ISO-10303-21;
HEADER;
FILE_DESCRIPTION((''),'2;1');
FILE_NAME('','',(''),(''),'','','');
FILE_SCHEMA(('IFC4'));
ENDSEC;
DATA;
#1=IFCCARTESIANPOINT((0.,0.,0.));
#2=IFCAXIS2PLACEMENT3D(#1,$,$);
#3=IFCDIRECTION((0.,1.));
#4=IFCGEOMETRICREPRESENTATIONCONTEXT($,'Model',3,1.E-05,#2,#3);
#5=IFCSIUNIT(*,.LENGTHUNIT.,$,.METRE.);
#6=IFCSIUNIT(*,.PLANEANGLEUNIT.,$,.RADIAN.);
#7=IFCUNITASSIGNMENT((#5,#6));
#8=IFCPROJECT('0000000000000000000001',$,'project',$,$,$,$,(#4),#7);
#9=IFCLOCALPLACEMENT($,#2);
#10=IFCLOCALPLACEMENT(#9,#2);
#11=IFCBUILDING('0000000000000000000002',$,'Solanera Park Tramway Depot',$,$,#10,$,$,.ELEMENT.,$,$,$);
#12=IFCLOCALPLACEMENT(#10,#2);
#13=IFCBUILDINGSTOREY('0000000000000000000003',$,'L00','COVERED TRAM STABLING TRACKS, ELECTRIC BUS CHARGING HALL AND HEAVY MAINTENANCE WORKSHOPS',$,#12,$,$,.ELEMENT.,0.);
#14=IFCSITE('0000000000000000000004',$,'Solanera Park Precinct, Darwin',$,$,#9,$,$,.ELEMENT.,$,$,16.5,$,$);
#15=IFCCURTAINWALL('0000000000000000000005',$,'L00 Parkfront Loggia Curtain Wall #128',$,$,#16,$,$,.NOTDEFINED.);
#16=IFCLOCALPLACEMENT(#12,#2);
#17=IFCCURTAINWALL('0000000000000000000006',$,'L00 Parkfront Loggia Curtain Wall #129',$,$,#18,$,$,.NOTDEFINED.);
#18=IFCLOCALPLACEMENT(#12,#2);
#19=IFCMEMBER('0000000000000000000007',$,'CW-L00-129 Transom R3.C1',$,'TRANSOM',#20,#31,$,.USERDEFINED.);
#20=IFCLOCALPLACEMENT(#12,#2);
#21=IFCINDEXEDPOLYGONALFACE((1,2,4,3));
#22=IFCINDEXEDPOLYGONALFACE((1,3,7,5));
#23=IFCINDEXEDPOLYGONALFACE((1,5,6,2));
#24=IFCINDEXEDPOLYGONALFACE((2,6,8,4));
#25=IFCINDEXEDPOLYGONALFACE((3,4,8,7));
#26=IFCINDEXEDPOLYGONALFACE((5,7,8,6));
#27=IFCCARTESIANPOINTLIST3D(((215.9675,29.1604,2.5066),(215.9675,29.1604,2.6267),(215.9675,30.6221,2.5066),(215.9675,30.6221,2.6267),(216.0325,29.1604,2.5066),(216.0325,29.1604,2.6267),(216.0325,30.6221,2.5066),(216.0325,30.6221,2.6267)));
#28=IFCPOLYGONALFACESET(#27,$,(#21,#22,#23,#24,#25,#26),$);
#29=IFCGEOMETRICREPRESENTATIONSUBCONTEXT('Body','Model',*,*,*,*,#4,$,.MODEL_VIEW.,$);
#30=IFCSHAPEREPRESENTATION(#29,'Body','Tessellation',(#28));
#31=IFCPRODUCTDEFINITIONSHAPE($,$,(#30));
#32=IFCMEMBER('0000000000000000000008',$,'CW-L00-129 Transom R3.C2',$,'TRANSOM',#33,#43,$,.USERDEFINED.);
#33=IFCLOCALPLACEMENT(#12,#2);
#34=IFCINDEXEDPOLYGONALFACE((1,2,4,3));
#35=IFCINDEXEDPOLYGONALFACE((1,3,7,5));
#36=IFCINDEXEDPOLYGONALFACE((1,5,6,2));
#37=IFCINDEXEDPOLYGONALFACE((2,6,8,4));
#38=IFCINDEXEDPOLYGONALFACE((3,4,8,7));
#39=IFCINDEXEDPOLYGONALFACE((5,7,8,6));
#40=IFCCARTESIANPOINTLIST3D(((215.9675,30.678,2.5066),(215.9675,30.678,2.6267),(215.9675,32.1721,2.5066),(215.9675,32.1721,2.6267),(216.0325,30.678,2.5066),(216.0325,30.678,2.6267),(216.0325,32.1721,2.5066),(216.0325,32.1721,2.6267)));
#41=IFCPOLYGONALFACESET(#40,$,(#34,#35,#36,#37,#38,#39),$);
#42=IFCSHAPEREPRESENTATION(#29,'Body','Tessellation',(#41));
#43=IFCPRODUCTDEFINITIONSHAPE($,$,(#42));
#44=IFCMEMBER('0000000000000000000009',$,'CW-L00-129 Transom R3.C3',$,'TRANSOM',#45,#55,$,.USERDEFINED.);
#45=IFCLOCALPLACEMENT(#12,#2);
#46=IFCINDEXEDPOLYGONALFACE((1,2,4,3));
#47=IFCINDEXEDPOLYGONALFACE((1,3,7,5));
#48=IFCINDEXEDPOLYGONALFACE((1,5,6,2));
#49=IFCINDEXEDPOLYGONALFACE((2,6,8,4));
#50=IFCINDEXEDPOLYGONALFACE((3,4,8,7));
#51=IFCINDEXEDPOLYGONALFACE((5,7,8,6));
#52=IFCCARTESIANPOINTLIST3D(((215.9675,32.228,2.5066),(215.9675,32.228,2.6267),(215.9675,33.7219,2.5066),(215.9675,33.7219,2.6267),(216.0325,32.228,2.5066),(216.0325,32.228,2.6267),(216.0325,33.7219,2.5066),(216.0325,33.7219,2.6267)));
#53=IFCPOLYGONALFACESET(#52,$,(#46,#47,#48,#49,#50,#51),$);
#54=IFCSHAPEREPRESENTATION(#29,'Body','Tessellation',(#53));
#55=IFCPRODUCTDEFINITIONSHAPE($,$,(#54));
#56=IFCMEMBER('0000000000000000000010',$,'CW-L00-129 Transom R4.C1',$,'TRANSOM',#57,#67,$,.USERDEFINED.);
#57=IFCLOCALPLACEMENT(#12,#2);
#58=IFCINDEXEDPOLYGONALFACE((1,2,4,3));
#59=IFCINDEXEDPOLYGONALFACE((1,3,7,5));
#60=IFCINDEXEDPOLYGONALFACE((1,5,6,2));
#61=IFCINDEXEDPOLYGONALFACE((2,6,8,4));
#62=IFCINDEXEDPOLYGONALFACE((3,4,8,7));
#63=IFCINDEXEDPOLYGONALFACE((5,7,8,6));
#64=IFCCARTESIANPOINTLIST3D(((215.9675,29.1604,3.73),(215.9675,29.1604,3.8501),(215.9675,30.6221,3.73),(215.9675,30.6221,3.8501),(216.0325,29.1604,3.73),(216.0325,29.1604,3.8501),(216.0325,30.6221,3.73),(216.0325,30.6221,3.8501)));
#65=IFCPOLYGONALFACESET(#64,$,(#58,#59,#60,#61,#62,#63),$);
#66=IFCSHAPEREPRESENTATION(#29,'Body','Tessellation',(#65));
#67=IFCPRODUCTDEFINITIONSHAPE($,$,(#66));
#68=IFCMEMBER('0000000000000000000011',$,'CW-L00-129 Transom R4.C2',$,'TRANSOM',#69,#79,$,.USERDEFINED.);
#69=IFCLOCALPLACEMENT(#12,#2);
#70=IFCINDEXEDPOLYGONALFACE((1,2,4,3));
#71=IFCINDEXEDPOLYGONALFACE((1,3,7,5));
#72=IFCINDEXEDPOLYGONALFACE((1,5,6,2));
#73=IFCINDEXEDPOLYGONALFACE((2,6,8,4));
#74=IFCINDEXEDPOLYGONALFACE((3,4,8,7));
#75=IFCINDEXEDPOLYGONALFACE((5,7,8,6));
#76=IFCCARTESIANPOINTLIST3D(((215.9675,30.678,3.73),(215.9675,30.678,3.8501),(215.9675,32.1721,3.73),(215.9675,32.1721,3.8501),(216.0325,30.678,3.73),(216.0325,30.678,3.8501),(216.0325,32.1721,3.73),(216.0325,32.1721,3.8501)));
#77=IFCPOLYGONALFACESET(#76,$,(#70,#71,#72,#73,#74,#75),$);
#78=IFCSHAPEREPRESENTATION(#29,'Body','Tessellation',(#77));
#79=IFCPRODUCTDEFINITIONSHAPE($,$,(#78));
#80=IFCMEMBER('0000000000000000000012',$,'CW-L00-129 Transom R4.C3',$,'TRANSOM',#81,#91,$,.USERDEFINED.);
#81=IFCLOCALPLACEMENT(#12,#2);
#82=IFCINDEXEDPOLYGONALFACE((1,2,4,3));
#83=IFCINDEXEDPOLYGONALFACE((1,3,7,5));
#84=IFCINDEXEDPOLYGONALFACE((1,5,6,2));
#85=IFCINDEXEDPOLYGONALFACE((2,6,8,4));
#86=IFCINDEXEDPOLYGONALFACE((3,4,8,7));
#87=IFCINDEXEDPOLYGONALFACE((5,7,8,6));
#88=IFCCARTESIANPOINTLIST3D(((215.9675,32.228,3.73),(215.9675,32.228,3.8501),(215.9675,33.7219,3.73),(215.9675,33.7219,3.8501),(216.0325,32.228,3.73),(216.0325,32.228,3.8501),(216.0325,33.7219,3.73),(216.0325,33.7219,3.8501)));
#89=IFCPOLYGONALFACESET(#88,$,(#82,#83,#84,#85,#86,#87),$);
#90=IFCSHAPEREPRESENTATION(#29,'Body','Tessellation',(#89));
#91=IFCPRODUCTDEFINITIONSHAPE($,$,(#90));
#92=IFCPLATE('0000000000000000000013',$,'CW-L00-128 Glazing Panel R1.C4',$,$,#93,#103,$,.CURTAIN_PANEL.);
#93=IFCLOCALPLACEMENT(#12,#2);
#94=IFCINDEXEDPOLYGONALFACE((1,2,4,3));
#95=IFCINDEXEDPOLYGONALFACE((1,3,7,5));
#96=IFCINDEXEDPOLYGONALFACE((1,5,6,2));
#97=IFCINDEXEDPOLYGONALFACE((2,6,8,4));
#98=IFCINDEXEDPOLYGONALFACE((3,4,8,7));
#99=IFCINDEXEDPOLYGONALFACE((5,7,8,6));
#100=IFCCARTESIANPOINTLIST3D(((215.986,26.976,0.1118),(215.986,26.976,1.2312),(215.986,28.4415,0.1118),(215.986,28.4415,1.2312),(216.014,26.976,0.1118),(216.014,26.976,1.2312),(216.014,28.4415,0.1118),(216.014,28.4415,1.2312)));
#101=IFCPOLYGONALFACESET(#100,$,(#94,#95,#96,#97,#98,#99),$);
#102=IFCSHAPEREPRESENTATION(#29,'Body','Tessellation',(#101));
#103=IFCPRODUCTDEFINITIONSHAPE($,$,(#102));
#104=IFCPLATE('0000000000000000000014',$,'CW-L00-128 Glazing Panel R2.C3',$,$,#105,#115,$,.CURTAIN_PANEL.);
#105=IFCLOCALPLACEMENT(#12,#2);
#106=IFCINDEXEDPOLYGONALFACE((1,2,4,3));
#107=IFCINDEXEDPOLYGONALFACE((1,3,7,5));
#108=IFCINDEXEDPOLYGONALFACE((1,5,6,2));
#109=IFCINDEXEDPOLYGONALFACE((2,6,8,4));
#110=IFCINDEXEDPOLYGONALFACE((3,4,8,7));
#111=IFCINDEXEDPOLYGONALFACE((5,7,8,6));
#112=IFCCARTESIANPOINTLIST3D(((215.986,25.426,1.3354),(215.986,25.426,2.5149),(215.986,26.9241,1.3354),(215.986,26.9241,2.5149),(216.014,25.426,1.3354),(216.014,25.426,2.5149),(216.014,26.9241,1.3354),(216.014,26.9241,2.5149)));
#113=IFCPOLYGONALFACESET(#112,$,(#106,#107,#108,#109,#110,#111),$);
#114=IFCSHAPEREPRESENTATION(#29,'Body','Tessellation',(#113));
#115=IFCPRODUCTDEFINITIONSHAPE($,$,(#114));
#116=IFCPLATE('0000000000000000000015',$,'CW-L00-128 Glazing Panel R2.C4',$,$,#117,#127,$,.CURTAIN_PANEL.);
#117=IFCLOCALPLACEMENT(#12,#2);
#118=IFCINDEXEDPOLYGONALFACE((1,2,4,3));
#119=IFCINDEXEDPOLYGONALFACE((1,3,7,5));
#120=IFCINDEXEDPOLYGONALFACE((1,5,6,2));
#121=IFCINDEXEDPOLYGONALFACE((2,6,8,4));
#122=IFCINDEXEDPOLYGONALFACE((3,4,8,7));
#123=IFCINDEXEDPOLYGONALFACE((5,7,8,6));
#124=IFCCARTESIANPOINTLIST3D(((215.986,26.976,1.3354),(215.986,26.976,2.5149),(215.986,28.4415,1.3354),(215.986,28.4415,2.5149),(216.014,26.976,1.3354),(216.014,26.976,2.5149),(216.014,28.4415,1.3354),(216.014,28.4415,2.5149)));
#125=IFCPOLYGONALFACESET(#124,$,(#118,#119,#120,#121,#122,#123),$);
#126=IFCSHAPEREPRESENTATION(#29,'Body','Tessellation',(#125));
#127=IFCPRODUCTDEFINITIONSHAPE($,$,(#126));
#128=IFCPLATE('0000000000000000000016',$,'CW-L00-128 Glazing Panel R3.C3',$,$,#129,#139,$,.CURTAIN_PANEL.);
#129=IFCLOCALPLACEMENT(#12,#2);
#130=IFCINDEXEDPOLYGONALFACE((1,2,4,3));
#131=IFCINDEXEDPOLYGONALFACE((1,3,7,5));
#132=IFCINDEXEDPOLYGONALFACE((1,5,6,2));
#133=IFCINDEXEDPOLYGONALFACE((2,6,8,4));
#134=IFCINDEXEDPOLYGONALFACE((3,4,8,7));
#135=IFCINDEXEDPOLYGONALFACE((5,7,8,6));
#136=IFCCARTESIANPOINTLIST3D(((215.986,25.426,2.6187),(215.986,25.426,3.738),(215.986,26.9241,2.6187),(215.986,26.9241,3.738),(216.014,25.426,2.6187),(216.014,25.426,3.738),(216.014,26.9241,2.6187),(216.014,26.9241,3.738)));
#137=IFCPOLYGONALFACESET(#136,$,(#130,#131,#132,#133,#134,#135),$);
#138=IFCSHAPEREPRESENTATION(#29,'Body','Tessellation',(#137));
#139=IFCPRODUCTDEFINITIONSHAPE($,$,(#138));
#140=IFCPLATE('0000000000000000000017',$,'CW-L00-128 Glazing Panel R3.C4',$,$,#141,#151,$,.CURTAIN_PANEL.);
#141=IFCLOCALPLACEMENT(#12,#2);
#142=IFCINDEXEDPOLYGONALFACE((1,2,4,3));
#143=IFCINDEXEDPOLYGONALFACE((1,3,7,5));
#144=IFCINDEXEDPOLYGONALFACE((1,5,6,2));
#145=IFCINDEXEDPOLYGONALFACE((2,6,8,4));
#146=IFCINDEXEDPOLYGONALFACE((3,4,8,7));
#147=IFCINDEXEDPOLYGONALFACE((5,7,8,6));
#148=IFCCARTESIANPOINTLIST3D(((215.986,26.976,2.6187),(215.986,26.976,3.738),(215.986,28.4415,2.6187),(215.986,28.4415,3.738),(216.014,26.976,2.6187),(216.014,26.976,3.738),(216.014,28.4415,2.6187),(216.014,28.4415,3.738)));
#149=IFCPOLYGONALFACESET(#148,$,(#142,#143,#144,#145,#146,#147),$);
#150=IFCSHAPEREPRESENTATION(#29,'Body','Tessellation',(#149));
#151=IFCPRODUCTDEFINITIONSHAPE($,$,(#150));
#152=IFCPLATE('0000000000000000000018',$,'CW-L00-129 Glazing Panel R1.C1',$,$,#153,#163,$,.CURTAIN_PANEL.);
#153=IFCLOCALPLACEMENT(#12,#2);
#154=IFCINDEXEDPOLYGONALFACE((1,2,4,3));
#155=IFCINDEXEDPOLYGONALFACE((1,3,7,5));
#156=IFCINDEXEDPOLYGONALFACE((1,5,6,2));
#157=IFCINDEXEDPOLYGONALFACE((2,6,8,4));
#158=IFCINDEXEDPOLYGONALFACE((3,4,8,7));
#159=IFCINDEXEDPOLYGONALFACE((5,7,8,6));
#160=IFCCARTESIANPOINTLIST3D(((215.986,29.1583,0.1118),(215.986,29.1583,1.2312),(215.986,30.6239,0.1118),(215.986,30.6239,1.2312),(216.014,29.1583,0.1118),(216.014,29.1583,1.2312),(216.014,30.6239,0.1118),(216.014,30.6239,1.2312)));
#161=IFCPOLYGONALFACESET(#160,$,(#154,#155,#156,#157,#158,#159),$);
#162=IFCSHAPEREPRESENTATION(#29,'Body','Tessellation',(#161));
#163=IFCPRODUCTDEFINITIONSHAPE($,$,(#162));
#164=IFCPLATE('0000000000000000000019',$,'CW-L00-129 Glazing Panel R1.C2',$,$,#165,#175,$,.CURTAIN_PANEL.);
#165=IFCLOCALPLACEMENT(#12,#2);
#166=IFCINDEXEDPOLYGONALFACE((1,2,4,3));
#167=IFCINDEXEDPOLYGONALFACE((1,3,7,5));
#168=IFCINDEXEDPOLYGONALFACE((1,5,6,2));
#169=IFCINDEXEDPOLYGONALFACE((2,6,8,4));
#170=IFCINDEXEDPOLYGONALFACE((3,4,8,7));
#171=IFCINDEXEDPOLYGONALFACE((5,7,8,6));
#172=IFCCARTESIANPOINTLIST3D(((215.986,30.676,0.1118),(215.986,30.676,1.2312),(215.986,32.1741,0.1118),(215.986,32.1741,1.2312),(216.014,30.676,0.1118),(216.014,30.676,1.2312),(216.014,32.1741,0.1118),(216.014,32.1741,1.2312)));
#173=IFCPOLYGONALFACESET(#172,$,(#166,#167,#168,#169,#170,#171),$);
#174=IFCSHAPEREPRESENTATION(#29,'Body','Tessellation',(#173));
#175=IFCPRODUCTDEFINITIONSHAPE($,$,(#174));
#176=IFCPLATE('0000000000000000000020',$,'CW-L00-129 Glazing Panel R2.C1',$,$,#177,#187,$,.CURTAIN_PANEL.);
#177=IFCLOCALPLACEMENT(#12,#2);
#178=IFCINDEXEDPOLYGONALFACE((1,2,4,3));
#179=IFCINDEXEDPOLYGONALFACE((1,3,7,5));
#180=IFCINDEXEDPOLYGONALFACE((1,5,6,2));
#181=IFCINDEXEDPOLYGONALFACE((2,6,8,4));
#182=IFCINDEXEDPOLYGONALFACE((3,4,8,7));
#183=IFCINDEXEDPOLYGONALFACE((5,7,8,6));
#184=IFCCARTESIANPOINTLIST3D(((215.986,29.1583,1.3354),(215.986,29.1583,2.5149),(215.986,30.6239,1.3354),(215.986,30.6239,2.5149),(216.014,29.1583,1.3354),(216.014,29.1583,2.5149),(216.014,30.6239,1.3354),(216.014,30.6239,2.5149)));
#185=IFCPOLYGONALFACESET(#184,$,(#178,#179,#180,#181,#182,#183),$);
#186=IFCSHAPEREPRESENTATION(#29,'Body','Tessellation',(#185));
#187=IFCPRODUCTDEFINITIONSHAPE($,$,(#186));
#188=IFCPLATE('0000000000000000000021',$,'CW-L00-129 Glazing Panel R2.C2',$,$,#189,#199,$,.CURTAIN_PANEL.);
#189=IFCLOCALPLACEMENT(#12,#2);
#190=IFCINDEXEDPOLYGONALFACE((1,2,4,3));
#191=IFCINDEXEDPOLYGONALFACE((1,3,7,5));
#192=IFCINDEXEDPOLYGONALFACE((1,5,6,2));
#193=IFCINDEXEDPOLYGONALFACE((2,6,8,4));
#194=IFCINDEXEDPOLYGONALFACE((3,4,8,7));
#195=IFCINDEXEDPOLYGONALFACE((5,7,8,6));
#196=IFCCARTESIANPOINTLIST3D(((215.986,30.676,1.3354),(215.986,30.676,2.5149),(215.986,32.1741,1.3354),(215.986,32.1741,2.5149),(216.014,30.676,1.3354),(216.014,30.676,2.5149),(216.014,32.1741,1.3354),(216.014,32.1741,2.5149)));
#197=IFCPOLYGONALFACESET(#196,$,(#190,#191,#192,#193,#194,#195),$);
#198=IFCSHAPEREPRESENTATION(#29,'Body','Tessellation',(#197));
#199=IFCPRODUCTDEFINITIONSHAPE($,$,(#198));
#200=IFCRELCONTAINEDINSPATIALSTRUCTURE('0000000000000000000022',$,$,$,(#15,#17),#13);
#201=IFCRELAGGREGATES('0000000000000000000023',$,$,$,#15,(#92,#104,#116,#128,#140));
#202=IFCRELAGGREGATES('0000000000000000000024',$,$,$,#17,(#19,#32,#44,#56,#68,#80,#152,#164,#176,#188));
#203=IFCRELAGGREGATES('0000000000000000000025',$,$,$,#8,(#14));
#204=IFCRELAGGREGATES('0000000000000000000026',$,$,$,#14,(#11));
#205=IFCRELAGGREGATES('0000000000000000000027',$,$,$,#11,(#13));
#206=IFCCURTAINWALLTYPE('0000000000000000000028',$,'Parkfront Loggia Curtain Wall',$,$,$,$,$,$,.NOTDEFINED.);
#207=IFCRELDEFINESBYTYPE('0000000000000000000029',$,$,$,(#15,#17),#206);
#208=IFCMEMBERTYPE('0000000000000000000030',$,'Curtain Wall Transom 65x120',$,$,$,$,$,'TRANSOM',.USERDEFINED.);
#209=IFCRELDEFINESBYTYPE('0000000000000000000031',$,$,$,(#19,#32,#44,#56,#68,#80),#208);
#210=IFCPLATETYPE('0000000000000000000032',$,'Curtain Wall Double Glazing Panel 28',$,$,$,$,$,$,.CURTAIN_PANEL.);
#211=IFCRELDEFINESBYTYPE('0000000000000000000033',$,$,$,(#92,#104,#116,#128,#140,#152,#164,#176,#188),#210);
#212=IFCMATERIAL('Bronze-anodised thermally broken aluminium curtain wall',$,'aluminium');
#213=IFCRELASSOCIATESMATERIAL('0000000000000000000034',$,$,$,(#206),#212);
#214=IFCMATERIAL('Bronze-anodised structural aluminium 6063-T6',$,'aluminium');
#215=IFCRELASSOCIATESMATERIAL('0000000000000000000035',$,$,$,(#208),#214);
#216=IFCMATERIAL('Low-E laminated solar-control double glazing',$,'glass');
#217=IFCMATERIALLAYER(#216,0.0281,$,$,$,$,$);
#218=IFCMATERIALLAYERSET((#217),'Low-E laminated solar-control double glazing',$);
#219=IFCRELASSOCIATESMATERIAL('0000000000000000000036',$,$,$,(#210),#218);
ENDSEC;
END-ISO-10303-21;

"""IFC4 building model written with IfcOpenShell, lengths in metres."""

from ifc_helpers import new_model, si_unit, direction, frame, origin, origin_2d, place, context, subcontext, project, spatial, rectangle, extrude, material, layer, layer_set, material_profile, profile_set, type_object, element, aggregate, save


model = new_model("IFC4")

# Units and contexts
model_context = context("Model", 3, precision=1e-05, world=origin(), true_north=direction((0.0, 1.0)))
body_context = subcontext(model_context, "Body", "Model", "MODEL_VIEW")
ifc_project = project(units=[si_unit("LENGTHUNIT", "METRE"), si_unit("PLANEANGLEUNIT", "RADIAN")], contexts=[model_context])

# Site, building, storey
site_placement = place(None, origin())
site = spatial("IfcSite", under=ifc_project, at=site_placement, Name="Solanera Park Precinct, Darwin", CompositionType="ELEMENT", RefElevation=16.5)
building_placement = place(site_placement, origin())
building = spatial("IfcBuilding", under=site, at=building_placement, Name="Solanera Park Tramway Depot", CompositionType="ELEMENT")
storey_placement = place(building_placement, origin())
storey = spatial("IfcBuildingStorey", under=building, at=storey_placement, Name="L00", Description="COVERED TRAM STABLING TRACKS, ELECTRIC BUS CHARGING HALL AND HEAVY MAINTENANCE WORKSHOPS", CompositionType="ELEMENT", Elevation=0.0)

# Curtain walls
ifc_material_1 = material(Name="Bronze-anodised thermally broken aluminium curtain wall", Category="aluminium")
curtain_wall_type = type_object("IfcCurtainWallType", Name="Parkfront Loggia Curtain Wall", PredefinedType="NOTDEFINED", material=ifc_material_1)
curtain_wall_1_placement = place(storey_placement, origin())
curtain_wall_1 = element("IfcCurtainWall", 1, at=curtain_wall_1_placement, inside=storey, type_object=curtain_wall_type, Name="L00 Parkfront Loggia Curtain Wall #128", PredefinedType="NOTDEFINED")
curtain_wall_2_placement = place(storey_placement, origin())
curtain_wall_2 = element("IfcCurtainWall", 2, at=curtain_wall_2_placement, inside=storey, type_object=curtain_wall_type, Name="L00 Parkfront Loggia Curtain Wall #129", PredefinedType="NOTDEFINED")

# Members
ifc_material_2 = material(Name="Bronze-anodised structural aluminium 6063-T6", Category="aluminium")
ifc_material_profile_1 = material_profile(ifc_material_2, rectangle(XDim=0.0649, YDim=0.1201, at=origin_2d()), Name="Curtain Wall Transom 65x120")
ifc_profile_set_1 = profile_set([ifc_material_profile_1], Name="Bronze-anodised structural aluminium 6063-T6")
member_type_1 = type_object("IfcMemberType", Name="Curtain Wall Transom 65x120", ElementType="TRANSOM", PredefinedType="USERDEFINED", material=ifc_profile_set_1)
member_1_placement = place(storey_placement, frame((216.0, 29.1604, 2.5667), z_axis=(0.0, 1.0, 0.0), x_axis=(-1.0, 0.0, 0.0)))
member_1 = element("IfcMember", 3, at=member_1_placement, type_object=member_type_1, Name="CW-L00-129 Transom R3.C1", ObjectType="TRANSOM", PredefinedType="USERDEFINED", context=body_context, shape_type="SweptSolid", body=[
    extrude(rectangle(XDim=0.0649, YDim=0.1201, at=origin_2d()), origin(), (0.0, 0.0, 1.0), 1.4617),
])
member_2_placement = place(storey_placement, frame((216.0, 30.678, 2.5667), z_axis=(0.0, 1.0, 0.0), x_axis=(-1.0, 0.0, 0.0)))
member_2 = element("IfcMember", 4, at=member_2_placement, type_object=member_type_1, Name="CW-L00-129 Transom R3.C2", ObjectType="TRANSOM", PredefinedType="USERDEFINED", context=body_context, shape_type="SweptSolid", body=[
    extrude(rectangle(XDim=0.0649, YDim=0.1201, at=origin_2d()), origin(), (0.0, 0.0, 1.0), 1.4941),
])
member_3_placement = place(storey_placement, frame((216.0, 32.228, 2.5667), z_axis=(0.0, 1.0, 0.0), x_axis=(-1.0, 0.0, 0.0)))
member_3 = element("IfcMember", 5, at=member_3_placement, type_object=member_type_1, Name="CW-L00-129 Transom R3.C3", ObjectType="TRANSOM", PredefinedType="USERDEFINED", context=body_context, shape_type="SweptSolid", body=[
    extrude(rectangle(XDim=0.0649, YDim=0.1201, at=origin_2d()), origin(), (0.0, 0.0, 1.0), 1.4939),
])
member_4_placement = place(storey_placement, frame((216.0, 29.1604, 3.79), z_axis=(0.0, 1.0, 0.0), x_axis=(-1.0, 0.0, 0.0)))
member_4 = element("IfcMember", 6, at=member_4_placement, type_object=member_type_1, Name="CW-L00-129 Transom R4.C1", ObjectType="TRANSOM", PredefinedType="USERDEFINED", context=body_context, shape_type="SweptSolid", body=[
    extrude(rectangle(XDim=0.0649, YDim=0.1201, at=origin_2d()), origin(), (0.0, 0.0, 1.0), 1.4617),
])
member_5_placement = place(storey_placement, frame((216.0, 30.678, 3.79), z_axis=(0.0, 1.0, 0.0), x_axis=(-1.0, 0.0, 0.0)))
member_5 = element("IfcMember", 7, at=member_5_placement, type_object=member_type_1, Name="CW-L00-129 Transom R4.C2", ObjectType="TRANSOM", PredefinedType="USERDEFINED", context=body_context, shape_type="SweptSolid", body=[
    extrude(rectangle(XDim=0.0649, YDim=0.1201, at=origin_2d()), origin(), (0.0, 0.0, 1.0), 1.4941),
])
member_6_placement = place(storey_placement, frame((216.0, 32.228, 3.79), z_axis=(0.0, 1.0, 0.0), x_axis=(-1.0, 0.0, 0.0)))
member_6 = element("IfcMember", 8, at=member_6_placement, type_object=member_type_1, Name="CW-L00-129 Transom R4.C3", ObjectType="TRANSOM", PredefinedType="USERDEFINED", context=body_context, shape_type="SweptSolid", body=[
    extrude(rectangle(XDim=0.0649, YDim=0.1201, at=origin_2d()), origin(), (0.0, 0.0, 1.0), 1.4939),
])

# Plates
ifc_material_3 = material(Name="Low-E laminated solar-control double glazing", Category="glass")
ifc_layer_1 = layer(ifc_material_3, 0.0281)
ifc_layer_set_1 = layer_set([ifc_layer_1], Name="Low-E laminated solar-control double glazing")
plate_type = type_object("IfcPlateType", Name="Curtain Wall Double Glazing Panel 28", PredefinedType="CURTAIN_PANEL", material=ifc_layer_set_1)
plate_1_placement = place(storey_placement, frame((216.0, 27.7087, 0.1118), z_axis=(0.0, 0.0, 1.0), x_axis=(0.0, 1.0, 0.0)))
plate_1 = element("IfcPlate", 9, at=plate_1_placement, type_object=plate_type, Name="CW-L00-128 Glazing Panel R1.C4", PredefinedType="CURTAIN_PANEL", context=body_context, shape_type="SweptSolid", body=[
    extrude(rectangle(XDim=1.4656, YDim=0.0281, at=origin_2d()), origin(), (0.0, 0.0, 1.0), 1.1194),
])
plate_2_placement = place(storey_placement, frame((216.0, 26.175, 1.3354), z_axis=(0.0, 0.0, 1.0), x_axis=(0.0, 1.0, 0.0)))
plate_2 = element("IfcPlate", 10, at=plate_2_placement, type_object=plate_type, Name="CW-L00-128 Glazing Panel R2.C3", PredefinedType="CURTAIN_PANEL", context=body_context, shape_type="SweptSolid", body=[
    extrude(rectangle(XDim=1.498, YDim=0.0281, at=origin_2d()), origin(), (0.0, 0.0, 1.0), 1.1794),
])
plate_3_placement = place(storey_placement, frame((216.0, 27.7087, 1.3354), z_axis=(0.0, 0.0, 1.0), x_axis=(0.0, 1.0, 0.0)))
plate_3 = element("IfcPlate", 11, at=plate_3_placement, type_object=plate_type, Name="CW-L00-128 Glazing Panel R2.C4", PredefinedType="CURTAIN_PANEL", context=body_context, shape_type="SweptSolid", body=[
    extrude(rectangle(XDim=1.4656, YDim=0.0281, at=origin_2d()), origin(), (0.0, 0.0, 1.0), 1.1794),
])
plate_4_placement = place(storey_placement, frame((216.0, 26.175, 2.6187), z_axis=(0.0, 0.0, 1.0), x_axis=(0.0, 1.0, 0.0)))
plate_4 = element("IfcPlate", 12, at=plate_4_placement, type_object=plate_type, Name="CW-L00-128 Glazing Panel R3.C3", PredefinedType="CURTAIN_PANEL", context=body_context, shape_type="SweptSolid", body=[
    extrude(rectangle(XDim=1.498, YDim=0.0281, at=origin_2d()), origin(), (0.0, 0.0, 1.0), 1.1194),
])
plate_5_placement = place(storey_placement, frame((216.0, 27.7087, 2.6187), z_axis=(0.0, 0.0, 1.0), x_axis=(0.0, 1.0, 0.0)))
plate_5 = element("IfcPlate", 13, at=plate_5_placement, type_object=plate_type, Name="CW-L00-128 Glazing Panel R3.C4", PredefinedType="CURTAIN_PANEL", context=body_context, shape_type="SweptSolid", body=[
    extrude(rectangle(XDim=1.4656, YDim=0.0281, at=origin_2d()), origin(), (0.0, 0.0, 1.0), 1.1194),
])
aggregate(curtain_wall_1, [plate_1, plate_2, plate_3, plate_4, plate_5])
plate_6_placement = place(storey_placement, frame((216.0, 29.8911, 0.1118), z_axis=(0.0, 0.0, 1.0), x_axis=(0.0, 1.0, 0.0)))
plate_6 = element("IfcPlate", 14, at=plate_6_placement, type_object=plate_type, Name="CW-L00-129 Glazing Panel R1.C1", PredefinedType="CURTAIN_PANEL", context=body_context, shape_type="SweptSolid", body=[
    extrude(rectangle(XDim=1.4656, YDim=0.0281, at=origin_2d()), origin(), (0.0, 0.0, 1.0), 1.1194),
])
plate_7_placement = place(storey_placement, frame((216.0, 31.425, 0.1118), z_axis=(0.0, 0.0, 1.0), x_axis=(0.0, 1.0, 0.0)))
plate_7 = element("IfcPlate", 15, at=plate_7_placement, type_object=plate_type, Name="CW-L00-129 Glazing Panel R1.C2", PredefinedType="CURTAIN_PANEL", context=body_context, shape_type="SweptSolid", body=[
    extrude(rectangle(XDim=1.498, YDim=0.0281, at=origin_2d()), origin(), (0.0, 0.0, 1.0), 1.1194),
])
plate_8_placement = place(storey_placement, frame((216.0, 29.8911, 1.3354), z_axis=(0.0, 0.0, 1.0), x_axis=(0.0, 1.0, 0.0)))
plate_8 = element("IfcPlate", 16, at=plate_8_placement, type_object=plate_type, Name="CW-L00-129 Glazing Panel R2.C1", PredefinedType="CURTAIN_PANEL", context=body_context, shape_type="SweptSolid", body=[
    extrude(rectangle(XDim=1.4656, YDim=0.0281, at=origin_2d()), origin(), (0.0, 0.0, 1.0), 1.1794),
])
plate_9_placement = place(storey_placement, frame((216.0, 31.425, 1.3354), z_axis=(0.0, 0.0, 1.0), x_axis=(0.0, 1.0, 0.0)))
plate_9 = element("IfcPlate", 17, at=plate_9_placement, type_object=plate_type, Name="CW-L00-129 Glazing Panel R2.C2", PredefinedType="CURTAIN_PANEL", context=body_context, shape_type="SweptSolid", body=[
    extrude(rectangle(XDim=1.498, YDim=0.0281, at=origin_2d()), origin(), (0.0, 0.0, 1.0), 1.1794),
])
aggregate(curtain_wall_2, [member_1, member_2, member_3, member_4, member_5, member_6, plate_6, plate_7, plate_8, plate_9])

save(model, "model.ifc")
